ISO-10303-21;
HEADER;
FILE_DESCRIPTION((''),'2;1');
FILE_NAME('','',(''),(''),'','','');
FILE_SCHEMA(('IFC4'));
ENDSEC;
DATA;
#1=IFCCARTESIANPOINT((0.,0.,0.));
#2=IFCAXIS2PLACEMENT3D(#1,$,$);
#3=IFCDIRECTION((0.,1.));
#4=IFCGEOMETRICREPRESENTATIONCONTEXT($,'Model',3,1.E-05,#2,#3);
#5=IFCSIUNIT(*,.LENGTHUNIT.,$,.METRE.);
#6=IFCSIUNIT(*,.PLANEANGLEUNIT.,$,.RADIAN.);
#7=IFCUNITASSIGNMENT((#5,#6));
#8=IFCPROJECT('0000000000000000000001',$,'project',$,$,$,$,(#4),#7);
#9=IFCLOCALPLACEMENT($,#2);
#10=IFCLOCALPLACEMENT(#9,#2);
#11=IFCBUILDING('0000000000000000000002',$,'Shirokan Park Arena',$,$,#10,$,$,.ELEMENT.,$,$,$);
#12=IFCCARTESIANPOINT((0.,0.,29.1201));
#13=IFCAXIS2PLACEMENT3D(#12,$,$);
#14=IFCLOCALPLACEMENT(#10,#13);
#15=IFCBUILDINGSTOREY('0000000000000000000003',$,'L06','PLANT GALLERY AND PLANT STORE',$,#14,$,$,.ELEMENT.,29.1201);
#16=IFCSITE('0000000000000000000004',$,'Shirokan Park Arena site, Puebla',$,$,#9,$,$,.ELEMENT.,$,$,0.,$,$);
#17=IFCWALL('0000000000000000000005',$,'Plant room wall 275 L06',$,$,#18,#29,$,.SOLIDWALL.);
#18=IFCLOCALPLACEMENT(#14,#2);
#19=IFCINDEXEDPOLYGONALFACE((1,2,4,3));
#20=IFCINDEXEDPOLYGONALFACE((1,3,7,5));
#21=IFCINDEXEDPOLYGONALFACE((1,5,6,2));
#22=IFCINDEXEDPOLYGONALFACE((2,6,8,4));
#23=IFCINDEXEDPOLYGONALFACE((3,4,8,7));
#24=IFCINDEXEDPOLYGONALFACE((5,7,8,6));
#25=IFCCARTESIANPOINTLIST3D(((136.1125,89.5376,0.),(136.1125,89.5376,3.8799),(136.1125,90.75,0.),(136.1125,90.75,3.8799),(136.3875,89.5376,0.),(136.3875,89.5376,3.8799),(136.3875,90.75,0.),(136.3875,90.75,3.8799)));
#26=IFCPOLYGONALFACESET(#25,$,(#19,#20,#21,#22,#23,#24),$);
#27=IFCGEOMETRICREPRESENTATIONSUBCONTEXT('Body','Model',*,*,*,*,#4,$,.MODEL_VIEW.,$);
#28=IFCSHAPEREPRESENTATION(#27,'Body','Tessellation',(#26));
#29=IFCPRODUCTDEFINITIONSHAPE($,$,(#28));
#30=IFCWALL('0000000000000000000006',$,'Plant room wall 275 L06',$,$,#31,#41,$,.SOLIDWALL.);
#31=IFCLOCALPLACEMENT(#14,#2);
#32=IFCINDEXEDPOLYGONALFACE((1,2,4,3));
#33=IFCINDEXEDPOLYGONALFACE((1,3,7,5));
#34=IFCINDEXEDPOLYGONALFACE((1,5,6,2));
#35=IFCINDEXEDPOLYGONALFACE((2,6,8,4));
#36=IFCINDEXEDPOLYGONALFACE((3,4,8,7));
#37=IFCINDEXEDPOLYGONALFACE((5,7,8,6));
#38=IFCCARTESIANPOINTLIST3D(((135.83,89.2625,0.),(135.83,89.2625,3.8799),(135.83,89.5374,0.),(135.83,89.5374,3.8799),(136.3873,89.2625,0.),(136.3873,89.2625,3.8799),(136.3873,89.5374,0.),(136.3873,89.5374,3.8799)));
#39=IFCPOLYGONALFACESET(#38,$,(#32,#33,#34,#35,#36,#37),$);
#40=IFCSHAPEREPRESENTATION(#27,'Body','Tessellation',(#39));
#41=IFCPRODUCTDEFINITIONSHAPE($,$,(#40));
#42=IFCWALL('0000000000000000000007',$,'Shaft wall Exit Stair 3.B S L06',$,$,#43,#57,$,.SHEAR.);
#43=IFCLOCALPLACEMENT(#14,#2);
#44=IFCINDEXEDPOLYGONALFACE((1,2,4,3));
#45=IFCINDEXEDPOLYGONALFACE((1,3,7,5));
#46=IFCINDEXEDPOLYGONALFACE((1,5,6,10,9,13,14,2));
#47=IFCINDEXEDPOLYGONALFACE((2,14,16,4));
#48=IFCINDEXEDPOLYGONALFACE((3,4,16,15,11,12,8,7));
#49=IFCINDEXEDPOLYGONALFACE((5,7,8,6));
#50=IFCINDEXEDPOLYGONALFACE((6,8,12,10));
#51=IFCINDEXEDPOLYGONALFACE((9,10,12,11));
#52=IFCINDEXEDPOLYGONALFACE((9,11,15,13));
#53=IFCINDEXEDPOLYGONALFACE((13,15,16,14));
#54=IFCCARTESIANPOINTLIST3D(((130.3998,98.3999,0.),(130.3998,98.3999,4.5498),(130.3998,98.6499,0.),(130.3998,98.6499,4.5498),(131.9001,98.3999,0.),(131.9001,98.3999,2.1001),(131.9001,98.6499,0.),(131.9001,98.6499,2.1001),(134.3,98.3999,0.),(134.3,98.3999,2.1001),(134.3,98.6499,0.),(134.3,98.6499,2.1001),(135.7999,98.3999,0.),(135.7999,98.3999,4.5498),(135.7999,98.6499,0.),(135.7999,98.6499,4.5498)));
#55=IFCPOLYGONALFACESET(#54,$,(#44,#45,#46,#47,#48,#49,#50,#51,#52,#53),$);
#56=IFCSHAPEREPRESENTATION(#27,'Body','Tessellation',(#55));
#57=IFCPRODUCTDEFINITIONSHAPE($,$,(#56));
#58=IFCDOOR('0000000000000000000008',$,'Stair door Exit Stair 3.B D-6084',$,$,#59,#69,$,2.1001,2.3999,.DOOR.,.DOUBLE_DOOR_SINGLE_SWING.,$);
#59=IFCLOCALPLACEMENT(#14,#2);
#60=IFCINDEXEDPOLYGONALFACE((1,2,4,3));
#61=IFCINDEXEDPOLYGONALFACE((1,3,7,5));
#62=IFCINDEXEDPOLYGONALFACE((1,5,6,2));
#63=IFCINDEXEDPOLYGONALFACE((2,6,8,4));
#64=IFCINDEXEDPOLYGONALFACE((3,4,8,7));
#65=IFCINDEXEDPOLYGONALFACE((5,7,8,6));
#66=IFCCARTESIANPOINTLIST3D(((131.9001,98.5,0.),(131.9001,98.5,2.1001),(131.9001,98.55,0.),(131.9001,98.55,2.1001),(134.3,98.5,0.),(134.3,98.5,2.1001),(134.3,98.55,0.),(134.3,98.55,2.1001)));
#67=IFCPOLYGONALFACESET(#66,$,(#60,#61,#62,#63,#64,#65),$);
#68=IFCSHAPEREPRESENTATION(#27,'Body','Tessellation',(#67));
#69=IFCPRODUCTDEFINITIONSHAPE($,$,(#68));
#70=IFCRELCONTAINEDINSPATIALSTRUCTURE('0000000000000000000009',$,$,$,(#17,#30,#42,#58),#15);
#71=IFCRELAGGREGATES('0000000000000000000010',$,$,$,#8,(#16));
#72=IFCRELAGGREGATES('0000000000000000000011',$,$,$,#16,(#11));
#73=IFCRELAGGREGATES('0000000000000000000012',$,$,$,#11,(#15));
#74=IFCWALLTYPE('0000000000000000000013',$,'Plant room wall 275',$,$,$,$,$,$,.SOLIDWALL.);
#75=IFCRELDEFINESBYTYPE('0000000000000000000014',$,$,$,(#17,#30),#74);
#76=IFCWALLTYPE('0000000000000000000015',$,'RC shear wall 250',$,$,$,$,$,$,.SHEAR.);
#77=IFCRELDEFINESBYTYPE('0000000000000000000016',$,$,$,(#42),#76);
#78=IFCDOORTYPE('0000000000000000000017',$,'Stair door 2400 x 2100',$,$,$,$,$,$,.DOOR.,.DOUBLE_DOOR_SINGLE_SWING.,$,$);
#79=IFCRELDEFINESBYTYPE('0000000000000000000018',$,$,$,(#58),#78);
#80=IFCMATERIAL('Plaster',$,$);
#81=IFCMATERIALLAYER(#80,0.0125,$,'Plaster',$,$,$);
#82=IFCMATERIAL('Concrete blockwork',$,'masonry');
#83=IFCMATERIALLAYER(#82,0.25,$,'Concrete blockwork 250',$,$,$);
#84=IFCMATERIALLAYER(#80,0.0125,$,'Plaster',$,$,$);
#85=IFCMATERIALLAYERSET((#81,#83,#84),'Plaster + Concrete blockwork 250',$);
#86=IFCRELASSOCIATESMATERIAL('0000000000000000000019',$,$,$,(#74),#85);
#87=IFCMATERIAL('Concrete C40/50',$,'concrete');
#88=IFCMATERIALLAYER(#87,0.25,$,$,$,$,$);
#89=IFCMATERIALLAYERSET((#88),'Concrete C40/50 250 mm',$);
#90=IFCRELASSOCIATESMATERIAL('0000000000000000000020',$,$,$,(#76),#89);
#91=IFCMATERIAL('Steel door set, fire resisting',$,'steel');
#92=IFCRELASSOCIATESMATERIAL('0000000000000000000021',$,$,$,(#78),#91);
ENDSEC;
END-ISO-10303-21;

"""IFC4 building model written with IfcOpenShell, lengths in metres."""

from ifc_helpers import new_model, si_unit, direction, frame, frame_2d, origin, place, context, subcontext, project, spatial, rectangle, extrude, material, layer, layer_set, type_object, element, fill, save


model = new_model("IFC4")

# Units and contexts
model_context = context("Model", 3, precision=1e-05, world=origin(), true_north=direction((0.0, 1.0)))
body_context = subcontext(model_context, "Body", "Model", "MODEL_VIEW")
ifc_project = project(units=[si_unit("LENGTHUNIT", "METRE"), si_unit("PLANEANGLEUNIT", "RADIAN")], contexts=[model_context])

# Site, building, storey
site_placement = place(None, origin())
site = spatial("IfcSite", under=ifc_project, at=site_placement, Name="Shirokan Park Arena site, Puebla", CompositionType="ELEMENT", RefElevation=0.0)
building_placement = place(site_placement, origin())
building = spatial("IfcBuilding", under=site, at=building_placement, Name="Shirokan Park Arena", CompositionType="ELEMENT")
storey_placement = place(building_placement, frame((0.0, 0.0, 29.1201)))
storey = spatial("IfcBuildingStorey", under=building, at=storey_placement, Name="L06", Description="PLANT GALLERY AND PLANT STORE", CompositionType="ELEMENT", Elevation=29.1201)

# Shared definitions
ifc_material_1 = material(Name="Plaster")
ifc_layer_1 = layer(ifc_material_1, 0.0125, Name="Plaster")
ifc_material_2 = material(Name="Concrete blockwork", Category="masonry")
ifc_layer_2 = layer(ifc_material_2, 0.25, Name="Concrete blockwork 250")
ifc_layer_3 = layer(ifc_material_1, 0.0125, Name="Plaster")
ifc_layer_set_1 = layer_set([ifc_layer_1, ifc_layer_2, ifc_layer_3], Name="Plaster + Concrete blockwork 250")
wall_type_1 = type_object("IfcWallType", Name="Plant room wall 275", PredefinedType="SOLIDWALL", material=ifc_layer_set_1)

# Walls
wall_1_placement = place(storey_placement, frame((136.25, 90.75, 0.0), z_axis=(0.0, 0.0, 1.0), x_axis=(0.0, -1.0, 0.0)))
element("IfcWall", 1, at=wall_1_placement, inside=storey, type_object=wall_type_1, Name="Plant room wall 275 L06", PredefinedType="SOLIDWALL", context=body_context, shape_type="SweptSolid", body=[
    extrude(rectangle(XDim=1.2124, YDim=0.2749, at=frame_2d((0.6062, 0.0))), origin(), (0.0, 0.0, 1.0), 3.8799),
])
wall_2_placement = place(storey_placement, frame((136.3875, 89.3999, 0.0), z_axis=(0.0, 0.0, 1.0), x_axis=(-1.0, 0.0, 0.0)))
element("IfcWall", 2, at=wall_2_placement, inside=storey, type_object=wall_type_1, Name="Plant room wall 275 L06", PredefinedType="SOLIDWALL", context=body_context, shape_type="SweptSolid", body=[
    extrude(rectangle(XDim=0.5574, YDim=0.2749, at=frame_2d((0.2788, 0.0))), origin(), (0.0, 0.0, 1.0), 3.8799),
])

# Wall, opening, door
ifc_material_3 = material(Name="Concrete C40/50", Category="concrete")
ifc_layer_4 = layer(ifc_material_3, 0.25)
ifc_layer_set_2 = layer_set([ifc_layer_4], Name="Concrete C40/50 250 mm")
wall_type_2 = type_object("IfcWallType", Name="RC shear wall 250", PredefinedType="SHEAR", material=ifc_layer_set_2)
wall_3_placement = place(storey_placement, frame((135.8, 98.5249, 0.0), z_axis=(0.0, 0.0, 1.0), x_axis=(-1.0, 0.0, 0.0)))
wall_3 = element("IfcWall", 3, at=wall_3_placement, inside=storey, type_object=wall_type_2, Name="Shaft wall Exit Stair 3.B S L06", PredefinedType="SHEAR", context=body_context, shape_type="SweptSolid", body=[
    extrude(rectangle(XDim=5.4001, YDim=0.25, at=frame_2d((2.7002, 0.0))), origin(), (0.0, 0.0, 1.0), 4.5498),
])
opening_1_placement = place(wall_3_placement, frame((1.5, 0.0, 0.0)))
opening_1 = element("IfcOpeningElement", 4, at=opening_1_placement, cuts=wall_3, PredefinedType="OPENING", context=body_context, shape_type="SweptSolid", body=[
    extrude(rectangle(XDim=2.3999, YDim=2.1001, at=frame_2d((1.2, 1.05))), frame((0.0, 0.135, 0.0), z_axis=(0.0, -1.0, 0.0), x_axis=(1.0, 0.0, 0.0)), (0.0, 0.0, 1.0), 0.27),
])
ifc_material_4 = material(Name="Steel door set, fire resisting", Category="steel")
door_type_1 = type_object("IfcDoorType", Name="Stair door 2400 x 2100", OperationType="DOUBLE_DOOR_SINGLE_SWING", PredefinedType="DOOR", material=ifc_material_4)
door_1_placement = place(opening_1_placement, origin())
door_1 = element("IfcDoor", 5, at=door_1_placement, inside=storey, type_object=door_type_1, Name="Stair door Exit Stair 3.B D-6084", OperationType="DOUBLE_DOOR_SINGLE_SWING", OverallHeight=2.1001, OverallWidth=2.3999, PredefinedType="DOOR", context=body_context, shape_type="SweptSolid", body=[
    extrude(rectangle(XDim=2.3999, YDim=2.1001, at=frame_2d((1.2, 1.05))), frame((0.0, 0.0249, 0.0), z_axis=(0.0, -1.0, 0.0), x_axis=(1.0, 0.0, 0.0)), (0.0, 0.0, 1.0), 0.05),
])
fill(opening_1, door_1)

save(model, "model.ifc")
